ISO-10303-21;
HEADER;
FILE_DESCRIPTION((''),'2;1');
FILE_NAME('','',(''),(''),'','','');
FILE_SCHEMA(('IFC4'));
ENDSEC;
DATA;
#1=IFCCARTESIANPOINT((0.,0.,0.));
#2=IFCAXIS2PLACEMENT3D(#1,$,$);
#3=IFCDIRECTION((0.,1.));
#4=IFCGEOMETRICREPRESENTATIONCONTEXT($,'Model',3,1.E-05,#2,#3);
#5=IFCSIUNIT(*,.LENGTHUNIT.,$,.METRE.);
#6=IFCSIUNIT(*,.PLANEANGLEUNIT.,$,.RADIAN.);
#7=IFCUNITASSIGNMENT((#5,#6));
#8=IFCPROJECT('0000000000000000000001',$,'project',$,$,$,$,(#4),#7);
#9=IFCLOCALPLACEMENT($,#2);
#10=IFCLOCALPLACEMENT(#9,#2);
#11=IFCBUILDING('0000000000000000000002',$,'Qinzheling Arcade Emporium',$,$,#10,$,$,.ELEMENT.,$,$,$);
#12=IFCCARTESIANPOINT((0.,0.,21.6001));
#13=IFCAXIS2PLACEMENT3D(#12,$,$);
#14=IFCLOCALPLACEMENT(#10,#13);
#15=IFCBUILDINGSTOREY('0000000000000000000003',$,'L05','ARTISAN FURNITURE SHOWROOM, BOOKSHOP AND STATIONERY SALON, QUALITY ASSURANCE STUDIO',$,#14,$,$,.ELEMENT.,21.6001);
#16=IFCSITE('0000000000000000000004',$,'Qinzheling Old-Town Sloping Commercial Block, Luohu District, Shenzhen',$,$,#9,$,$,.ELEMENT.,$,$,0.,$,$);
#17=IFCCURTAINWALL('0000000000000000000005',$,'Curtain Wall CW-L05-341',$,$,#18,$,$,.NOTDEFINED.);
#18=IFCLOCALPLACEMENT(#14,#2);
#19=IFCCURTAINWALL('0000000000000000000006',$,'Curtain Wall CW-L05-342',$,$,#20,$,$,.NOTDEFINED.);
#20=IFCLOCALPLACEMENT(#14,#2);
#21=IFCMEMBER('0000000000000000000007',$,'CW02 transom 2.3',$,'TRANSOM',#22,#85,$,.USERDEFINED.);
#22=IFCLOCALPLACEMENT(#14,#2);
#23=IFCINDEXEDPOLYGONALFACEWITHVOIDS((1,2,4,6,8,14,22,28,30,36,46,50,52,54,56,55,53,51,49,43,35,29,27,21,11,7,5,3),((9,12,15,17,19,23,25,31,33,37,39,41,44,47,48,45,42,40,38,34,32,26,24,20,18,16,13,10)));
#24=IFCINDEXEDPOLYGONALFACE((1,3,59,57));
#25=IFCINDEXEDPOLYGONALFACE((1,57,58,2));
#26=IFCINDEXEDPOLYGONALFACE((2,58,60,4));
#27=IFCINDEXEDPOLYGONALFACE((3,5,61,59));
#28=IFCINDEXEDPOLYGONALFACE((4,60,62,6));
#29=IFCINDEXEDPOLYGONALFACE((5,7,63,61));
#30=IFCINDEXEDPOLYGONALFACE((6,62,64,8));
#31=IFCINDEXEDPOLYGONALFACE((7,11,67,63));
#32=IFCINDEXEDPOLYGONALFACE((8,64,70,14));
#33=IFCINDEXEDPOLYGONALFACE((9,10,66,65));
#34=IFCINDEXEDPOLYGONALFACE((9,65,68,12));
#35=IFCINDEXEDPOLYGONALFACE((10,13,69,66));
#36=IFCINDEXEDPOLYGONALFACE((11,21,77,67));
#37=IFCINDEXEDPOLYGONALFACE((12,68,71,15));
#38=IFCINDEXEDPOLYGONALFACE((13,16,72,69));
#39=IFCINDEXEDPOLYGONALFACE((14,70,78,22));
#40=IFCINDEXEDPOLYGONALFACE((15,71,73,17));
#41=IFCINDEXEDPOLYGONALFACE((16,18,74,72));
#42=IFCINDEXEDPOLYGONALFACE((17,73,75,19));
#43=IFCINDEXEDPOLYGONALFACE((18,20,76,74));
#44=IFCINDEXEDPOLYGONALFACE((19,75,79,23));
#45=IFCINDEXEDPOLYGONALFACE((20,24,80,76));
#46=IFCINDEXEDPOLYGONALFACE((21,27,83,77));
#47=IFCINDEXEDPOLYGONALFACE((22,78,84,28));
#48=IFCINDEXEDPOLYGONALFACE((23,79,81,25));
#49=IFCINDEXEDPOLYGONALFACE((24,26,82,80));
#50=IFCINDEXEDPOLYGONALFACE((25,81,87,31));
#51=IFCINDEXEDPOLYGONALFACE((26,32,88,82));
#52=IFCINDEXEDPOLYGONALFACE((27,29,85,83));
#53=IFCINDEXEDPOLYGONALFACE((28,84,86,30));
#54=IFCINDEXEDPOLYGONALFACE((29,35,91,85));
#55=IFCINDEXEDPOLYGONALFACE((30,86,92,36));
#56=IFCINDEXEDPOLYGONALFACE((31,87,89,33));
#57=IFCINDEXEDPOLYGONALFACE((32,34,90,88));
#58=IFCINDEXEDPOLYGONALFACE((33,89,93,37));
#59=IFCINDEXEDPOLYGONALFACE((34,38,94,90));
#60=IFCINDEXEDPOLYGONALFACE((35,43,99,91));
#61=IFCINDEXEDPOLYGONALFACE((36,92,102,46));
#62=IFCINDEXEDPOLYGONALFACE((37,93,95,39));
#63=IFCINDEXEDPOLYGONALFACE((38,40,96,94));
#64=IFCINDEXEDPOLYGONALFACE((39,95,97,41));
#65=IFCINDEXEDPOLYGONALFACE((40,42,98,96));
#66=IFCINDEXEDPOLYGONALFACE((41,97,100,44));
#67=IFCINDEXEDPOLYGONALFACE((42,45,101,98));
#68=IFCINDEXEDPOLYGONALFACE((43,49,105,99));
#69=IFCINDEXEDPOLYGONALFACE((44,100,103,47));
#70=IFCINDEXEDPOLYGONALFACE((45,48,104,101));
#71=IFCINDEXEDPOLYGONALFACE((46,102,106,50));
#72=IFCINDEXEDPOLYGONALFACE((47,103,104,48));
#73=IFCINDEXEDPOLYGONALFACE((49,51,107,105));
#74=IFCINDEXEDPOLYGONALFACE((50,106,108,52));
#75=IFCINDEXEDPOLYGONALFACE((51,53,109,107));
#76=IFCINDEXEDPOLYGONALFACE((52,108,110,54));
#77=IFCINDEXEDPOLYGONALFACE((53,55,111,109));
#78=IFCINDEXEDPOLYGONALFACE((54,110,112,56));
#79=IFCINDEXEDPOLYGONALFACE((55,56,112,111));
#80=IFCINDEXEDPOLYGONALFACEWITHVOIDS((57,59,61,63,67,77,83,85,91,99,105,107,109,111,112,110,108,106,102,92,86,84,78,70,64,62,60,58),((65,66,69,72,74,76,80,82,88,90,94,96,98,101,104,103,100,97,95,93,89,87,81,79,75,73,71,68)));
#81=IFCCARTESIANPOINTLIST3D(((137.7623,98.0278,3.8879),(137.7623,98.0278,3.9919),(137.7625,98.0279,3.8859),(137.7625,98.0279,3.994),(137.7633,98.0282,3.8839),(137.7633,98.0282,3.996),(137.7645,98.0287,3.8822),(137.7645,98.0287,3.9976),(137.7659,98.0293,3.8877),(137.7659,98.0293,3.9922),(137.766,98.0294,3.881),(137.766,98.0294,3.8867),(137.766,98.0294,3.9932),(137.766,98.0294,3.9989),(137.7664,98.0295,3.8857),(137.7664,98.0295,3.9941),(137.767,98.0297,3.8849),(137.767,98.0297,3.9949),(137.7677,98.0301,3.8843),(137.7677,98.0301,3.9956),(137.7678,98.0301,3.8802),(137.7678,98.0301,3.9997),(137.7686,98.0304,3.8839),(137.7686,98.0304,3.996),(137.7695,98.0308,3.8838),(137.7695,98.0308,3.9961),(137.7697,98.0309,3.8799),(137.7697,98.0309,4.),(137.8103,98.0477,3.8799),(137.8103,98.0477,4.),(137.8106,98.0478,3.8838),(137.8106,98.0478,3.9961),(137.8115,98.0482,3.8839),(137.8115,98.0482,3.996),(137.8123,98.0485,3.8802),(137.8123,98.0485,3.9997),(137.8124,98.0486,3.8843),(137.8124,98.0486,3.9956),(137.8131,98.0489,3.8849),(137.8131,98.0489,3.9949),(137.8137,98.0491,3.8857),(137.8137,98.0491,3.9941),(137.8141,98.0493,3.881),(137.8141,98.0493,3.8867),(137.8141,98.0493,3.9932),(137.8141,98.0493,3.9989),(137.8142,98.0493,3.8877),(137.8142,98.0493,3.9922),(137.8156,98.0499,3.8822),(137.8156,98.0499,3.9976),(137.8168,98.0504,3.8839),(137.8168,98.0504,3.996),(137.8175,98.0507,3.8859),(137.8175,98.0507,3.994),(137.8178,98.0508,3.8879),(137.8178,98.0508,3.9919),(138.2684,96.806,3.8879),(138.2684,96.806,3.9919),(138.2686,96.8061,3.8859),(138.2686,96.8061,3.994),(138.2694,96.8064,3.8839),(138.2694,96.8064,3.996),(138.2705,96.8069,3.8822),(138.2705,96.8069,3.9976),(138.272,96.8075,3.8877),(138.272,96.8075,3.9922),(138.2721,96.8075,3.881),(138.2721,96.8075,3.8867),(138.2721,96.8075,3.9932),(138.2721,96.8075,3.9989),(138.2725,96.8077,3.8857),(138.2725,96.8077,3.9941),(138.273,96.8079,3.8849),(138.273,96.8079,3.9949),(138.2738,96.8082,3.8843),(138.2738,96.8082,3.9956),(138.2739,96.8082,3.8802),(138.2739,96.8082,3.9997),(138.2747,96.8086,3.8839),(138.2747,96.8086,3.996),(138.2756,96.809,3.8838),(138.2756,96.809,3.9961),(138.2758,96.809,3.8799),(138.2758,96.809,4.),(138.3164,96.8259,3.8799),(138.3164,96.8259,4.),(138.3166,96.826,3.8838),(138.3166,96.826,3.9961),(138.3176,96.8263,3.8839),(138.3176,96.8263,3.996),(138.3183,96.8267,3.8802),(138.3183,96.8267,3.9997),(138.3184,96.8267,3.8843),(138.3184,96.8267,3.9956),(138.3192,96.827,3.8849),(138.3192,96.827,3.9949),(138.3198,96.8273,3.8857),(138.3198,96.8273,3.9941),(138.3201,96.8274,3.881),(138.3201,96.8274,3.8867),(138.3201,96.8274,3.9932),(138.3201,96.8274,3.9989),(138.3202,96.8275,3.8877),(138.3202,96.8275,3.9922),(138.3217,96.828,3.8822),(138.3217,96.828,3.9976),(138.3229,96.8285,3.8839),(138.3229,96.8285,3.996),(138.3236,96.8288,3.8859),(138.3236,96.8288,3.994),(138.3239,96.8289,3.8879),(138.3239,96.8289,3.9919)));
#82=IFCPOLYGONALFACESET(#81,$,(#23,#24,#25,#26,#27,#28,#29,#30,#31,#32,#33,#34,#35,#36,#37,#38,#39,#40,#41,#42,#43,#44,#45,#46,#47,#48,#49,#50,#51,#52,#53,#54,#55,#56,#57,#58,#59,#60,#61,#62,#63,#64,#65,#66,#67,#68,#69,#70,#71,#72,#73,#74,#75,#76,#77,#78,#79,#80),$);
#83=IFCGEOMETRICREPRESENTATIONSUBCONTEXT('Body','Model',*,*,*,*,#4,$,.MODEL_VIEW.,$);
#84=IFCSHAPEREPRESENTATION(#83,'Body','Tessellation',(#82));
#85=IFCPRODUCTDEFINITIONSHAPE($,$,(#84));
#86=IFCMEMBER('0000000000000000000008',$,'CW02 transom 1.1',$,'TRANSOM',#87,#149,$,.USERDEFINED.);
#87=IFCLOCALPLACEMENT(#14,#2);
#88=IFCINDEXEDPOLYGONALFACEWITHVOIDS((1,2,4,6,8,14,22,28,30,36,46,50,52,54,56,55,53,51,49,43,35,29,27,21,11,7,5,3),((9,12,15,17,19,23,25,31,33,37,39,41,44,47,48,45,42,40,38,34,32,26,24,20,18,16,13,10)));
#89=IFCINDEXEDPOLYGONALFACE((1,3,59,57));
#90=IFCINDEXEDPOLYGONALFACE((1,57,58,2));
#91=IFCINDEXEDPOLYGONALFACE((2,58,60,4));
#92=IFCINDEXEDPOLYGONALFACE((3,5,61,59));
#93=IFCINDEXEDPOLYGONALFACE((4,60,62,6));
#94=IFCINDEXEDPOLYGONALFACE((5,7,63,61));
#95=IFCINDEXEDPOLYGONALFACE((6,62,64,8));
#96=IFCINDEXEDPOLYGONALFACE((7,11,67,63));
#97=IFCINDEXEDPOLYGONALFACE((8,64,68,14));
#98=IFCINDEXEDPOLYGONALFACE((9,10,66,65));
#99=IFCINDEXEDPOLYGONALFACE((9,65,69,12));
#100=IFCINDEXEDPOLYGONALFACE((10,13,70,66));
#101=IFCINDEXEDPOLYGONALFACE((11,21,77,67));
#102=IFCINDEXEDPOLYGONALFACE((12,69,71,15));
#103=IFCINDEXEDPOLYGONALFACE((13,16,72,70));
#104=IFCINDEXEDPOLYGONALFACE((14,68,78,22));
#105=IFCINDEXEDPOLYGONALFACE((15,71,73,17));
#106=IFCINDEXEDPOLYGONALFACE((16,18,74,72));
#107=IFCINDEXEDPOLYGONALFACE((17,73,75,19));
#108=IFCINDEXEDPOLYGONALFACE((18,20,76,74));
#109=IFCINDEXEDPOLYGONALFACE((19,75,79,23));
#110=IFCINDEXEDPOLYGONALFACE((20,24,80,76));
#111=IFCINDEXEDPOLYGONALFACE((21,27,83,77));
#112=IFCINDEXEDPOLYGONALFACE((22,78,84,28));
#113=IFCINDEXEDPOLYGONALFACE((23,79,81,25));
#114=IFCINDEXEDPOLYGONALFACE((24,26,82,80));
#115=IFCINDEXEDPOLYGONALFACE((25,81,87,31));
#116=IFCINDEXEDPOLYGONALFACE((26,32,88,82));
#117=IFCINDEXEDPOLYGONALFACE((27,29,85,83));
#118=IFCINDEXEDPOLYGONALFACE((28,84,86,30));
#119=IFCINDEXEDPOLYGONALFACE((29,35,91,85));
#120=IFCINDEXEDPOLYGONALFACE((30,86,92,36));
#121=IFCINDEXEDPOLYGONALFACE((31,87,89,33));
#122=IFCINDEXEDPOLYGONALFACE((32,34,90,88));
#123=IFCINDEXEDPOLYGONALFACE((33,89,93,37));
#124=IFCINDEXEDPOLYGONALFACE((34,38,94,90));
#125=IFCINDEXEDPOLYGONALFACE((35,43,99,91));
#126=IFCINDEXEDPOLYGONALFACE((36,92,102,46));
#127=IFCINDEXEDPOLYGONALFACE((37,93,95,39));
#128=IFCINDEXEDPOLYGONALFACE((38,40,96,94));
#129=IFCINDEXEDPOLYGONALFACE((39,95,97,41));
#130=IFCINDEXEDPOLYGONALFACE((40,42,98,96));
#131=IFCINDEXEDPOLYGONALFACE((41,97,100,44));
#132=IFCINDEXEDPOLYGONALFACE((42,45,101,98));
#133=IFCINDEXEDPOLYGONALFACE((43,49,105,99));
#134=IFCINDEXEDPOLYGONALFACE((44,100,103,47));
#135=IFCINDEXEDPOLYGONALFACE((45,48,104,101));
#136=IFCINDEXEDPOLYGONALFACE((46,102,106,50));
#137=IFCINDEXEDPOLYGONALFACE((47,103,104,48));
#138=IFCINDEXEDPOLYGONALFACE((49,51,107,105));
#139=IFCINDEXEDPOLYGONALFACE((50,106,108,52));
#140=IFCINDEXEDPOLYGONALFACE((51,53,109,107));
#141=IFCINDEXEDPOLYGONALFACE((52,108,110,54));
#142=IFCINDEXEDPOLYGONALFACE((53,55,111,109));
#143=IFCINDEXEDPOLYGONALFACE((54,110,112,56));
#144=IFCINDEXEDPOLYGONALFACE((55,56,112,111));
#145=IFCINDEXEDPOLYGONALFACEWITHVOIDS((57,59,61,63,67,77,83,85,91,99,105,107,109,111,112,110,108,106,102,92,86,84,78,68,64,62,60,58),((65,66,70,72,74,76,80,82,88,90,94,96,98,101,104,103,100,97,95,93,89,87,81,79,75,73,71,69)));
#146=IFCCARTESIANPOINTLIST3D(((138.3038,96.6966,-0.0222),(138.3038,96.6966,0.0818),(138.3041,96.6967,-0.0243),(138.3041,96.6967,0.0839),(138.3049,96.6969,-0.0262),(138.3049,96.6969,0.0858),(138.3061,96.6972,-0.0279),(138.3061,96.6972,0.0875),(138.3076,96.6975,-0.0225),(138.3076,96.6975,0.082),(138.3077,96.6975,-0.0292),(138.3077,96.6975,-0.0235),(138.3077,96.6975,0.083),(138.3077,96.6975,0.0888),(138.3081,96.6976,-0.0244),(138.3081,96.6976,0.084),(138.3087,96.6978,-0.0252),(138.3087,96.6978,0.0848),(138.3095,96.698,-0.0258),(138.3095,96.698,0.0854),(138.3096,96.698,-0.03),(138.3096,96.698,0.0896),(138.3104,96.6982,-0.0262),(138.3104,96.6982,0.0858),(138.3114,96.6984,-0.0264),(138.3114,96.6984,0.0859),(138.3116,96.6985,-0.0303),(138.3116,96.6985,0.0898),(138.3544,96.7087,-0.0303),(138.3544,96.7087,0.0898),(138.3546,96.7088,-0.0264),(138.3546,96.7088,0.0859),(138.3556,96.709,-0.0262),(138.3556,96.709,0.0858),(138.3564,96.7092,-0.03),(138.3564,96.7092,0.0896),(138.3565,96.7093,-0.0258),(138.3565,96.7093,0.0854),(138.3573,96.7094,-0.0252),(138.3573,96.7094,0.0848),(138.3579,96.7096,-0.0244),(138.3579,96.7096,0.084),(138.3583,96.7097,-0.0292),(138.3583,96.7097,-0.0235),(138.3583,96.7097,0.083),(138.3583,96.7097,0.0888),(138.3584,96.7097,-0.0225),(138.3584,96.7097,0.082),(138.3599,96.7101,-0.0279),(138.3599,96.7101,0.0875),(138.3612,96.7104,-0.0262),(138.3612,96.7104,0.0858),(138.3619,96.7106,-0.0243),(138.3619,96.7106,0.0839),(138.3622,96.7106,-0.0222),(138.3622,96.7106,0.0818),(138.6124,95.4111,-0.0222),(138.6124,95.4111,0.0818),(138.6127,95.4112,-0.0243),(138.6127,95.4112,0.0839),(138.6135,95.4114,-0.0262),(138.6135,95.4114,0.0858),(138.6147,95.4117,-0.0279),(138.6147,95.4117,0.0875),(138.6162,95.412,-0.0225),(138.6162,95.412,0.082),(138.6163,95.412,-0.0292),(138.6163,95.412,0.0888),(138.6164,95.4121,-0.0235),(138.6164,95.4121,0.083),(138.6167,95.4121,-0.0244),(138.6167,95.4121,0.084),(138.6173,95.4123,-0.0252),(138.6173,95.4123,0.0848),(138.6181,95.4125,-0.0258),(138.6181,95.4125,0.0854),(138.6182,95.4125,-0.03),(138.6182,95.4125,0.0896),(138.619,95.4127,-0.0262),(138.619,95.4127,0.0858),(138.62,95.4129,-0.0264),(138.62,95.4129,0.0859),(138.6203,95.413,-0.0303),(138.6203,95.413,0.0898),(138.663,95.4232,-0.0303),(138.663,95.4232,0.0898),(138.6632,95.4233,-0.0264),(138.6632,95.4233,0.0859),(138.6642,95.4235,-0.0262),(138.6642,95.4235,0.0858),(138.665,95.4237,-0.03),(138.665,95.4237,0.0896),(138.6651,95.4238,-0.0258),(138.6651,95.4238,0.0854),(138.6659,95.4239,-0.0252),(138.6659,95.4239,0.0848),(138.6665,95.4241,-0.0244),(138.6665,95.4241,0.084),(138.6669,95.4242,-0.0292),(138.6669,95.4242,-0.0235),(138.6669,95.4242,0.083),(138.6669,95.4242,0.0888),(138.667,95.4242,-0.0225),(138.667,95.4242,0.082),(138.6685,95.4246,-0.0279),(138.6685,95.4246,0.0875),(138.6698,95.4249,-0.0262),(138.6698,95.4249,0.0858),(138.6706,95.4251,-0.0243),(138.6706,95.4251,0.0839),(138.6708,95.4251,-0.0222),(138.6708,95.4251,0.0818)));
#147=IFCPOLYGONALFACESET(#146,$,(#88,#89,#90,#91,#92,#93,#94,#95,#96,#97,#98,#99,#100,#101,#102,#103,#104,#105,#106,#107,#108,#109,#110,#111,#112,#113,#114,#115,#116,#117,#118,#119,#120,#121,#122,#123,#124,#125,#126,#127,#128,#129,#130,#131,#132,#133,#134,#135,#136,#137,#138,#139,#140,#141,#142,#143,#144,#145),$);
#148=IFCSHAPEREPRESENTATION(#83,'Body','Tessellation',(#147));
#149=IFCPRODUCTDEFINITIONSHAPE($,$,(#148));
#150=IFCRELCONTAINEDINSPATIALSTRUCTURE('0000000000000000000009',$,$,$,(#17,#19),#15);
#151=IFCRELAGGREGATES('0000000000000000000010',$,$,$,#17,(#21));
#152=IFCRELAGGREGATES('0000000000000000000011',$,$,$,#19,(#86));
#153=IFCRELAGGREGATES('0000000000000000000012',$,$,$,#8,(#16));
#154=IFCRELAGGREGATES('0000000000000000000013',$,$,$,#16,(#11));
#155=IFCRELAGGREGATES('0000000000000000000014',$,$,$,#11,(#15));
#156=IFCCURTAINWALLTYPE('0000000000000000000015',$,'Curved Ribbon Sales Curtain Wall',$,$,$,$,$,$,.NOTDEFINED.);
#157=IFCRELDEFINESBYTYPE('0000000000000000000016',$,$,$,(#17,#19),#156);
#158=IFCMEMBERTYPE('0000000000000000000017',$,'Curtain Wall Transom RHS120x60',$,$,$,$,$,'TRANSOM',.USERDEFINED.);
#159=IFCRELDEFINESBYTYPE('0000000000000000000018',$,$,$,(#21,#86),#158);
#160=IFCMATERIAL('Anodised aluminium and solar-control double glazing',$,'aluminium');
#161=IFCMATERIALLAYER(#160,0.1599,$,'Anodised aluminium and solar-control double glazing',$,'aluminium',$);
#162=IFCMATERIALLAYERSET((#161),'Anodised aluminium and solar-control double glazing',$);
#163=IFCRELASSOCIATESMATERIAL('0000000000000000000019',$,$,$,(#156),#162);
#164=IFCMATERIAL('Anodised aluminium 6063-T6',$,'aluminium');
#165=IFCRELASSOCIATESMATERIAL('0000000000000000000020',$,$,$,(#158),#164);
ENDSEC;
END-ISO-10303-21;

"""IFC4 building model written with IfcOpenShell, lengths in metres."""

from ifc_helpers import new_model, si_unit, direction, frame, origin, origin_2d, place, context, subcontext, project, spatial, hollow_rectangle, extrude, material, layer, layer_set, material_profile, profile_set, type_object, element, aggregate, save


model = new_model("IFC4")

# Units and contexts
model_context = context("Model", 3, precision=1e-05, world=origin(), true_north=direction((0.0, 1.0)))
body_context = subcontext(model_context, "Body", "Model", "MODEL_VIEW")
ifc_project = project(units=[si_unit("LENGTHUNIT", "METRE"), si_unit("PLANEANGLEUNIT", "RADIAN")], contexts=[model_context])

# Site, building, storey
site_placement = place(None, origin())
site = spatial("IfcSite", under=ifc_project, at=site_placement, Name="Qinzheling Old-Town Sloping Commercial Block, Luohu District, Shenzhen", CompositionType="ELEMENT", RefElevation=0.0)
building_placement = place(site_placement, origin())
building = spatial("IfcBuilding", under=site, at=building_placement, Name="Qinzheling Arcade Emporium", CompositionType="ELEMENT")
storey_placement = place(building_placement, frame((0.0, 0.0, 21.6001)))
storey = spatial("IfcBuildingStorey", under=building, at=storey_placement, Name="L05", Description="ARTISAN FURNITURE SHOWROOM, BOOKSHOP AND STATIONERY SALON, QUALITY ASSURANCE STUDIO", CompositionType="ELEMENT", Elevation=21.6001)

# Curtain wall
ifc_material_1 = material(Name="Anodised aluminium and solar-control double glazing", Category="aluminium")
ifc_layer_1 = layer(ifc_material_1, 0.1599, Name="Anodised aluminium and solar-control double glazing", Category="aluminium")
ifc_layer_set_1 = layer_set([ifc_layer_1], Name="Anodised aluminium and solar-control double glazing")
curtain_wall_type = type_object("IfcCurtainWallType", Name="Curved Ribbon Sales Curtain Wall", PredefinedType="NOTDEFINED", material=ifc_layer_set_1)
curtain_wall_1_placement = place(storey_placement, origin())
curtain_wall_1 = element("IfcCurtainWall", 1, at=curtain_wall_1_placement, inside=storey, type_object=curtain_wall_type, Name="Curtain Wall CW-L05-341", PredefinedType="NOTDEFINED")
ifc_material_2 = material(Name="Anodised aluminium 6063-T6", Category="aluminium")

# Curtain wall
curtain_wall_2_placement = place(storey_placement, origin())
curtain_wall_2 = element("IfcCurtainWall", 2, at=curtain_wall_2_placement, inside=storey, type_object=curtain_wall_type, Name="Curtain Wall CW-L05-342", PredefinedType="NOTDEFINED")

# Members
ifc_material_profile_1 = material_profile(ifc_material_2, hollow_rectangle(XDim=0.0601, YDim=0.1201, WallThickness=0.0039, InnerFilletRadius=0.0039, OuterFilletRadius=0.0081, at=origin_2d()), Name="RHS 120x60x4", Category="aluminium")
ifc_profile_set_1 = profile_set([ifc_material_profile_1], Name="Anodised aluminium 6063-T6")
member_type_1 = type_object("IfcMemberType", Name="Curtain Wall Transom RHS120x60", ElementType="TRANSOM", PredefinedType="USERDEFINED", material=ifc_profile_set_1)
member_1_placement = place(storey_placement, frame((137.79, 98.0393, 3.9399), z_axis=(0.382662, -0.923889, 0.0), x_axis=(0.923889, 0.382662, 0.0)))
member_1 = element("IfcMember", 3, at=member_1_placement, type_object=member_type_1, Name="CW02 transom 2.3", ObjectType="TRANSOM", PredefinedType="USERDEFINED", context=body_context, shape_type="SweptSolid", body=[
    extrude(hollow_rectangle(XDim=0.0601, YDim=0.1201, WallThickness=0.0039, InnerFilletRadius=0.0039, OuterFilletRadius=0.0081, at=origin_2d()), origin(), (0.0, 0.0, 1.0), 1.3225),
])
member_2_placement = place(storey_placement, frame((138.333, 96.7036, 0.0298), z_axis=(0.233443, -0.972371, 0.0), x_axis=(0.972371, 0.233443, 0.0)))
member_2 = element("IfcMember", 4, at=member_2_placement, type_object=member_type_1, Name="CW02 transom 1.1", ObjectType="TRANSOM", PredefinedType="USERDEFINED", context=body_context, shape_type="SweptSolid", body=[
    extrude(hollow_rectangle(XDim=0.0601, YDim=0.1201, WallThickness=0.0039, InnerFilletRadius=0.0039, OuterFilletRadius=0.0081, at=origin_2d()), origin(), (0.0, 0.0, 1.0), 1.322),
])

aggregate(curtain_wall_1, [member_1])
aggregate(curtain_wall_2, [member_2])

save(model, "model.ifc")
